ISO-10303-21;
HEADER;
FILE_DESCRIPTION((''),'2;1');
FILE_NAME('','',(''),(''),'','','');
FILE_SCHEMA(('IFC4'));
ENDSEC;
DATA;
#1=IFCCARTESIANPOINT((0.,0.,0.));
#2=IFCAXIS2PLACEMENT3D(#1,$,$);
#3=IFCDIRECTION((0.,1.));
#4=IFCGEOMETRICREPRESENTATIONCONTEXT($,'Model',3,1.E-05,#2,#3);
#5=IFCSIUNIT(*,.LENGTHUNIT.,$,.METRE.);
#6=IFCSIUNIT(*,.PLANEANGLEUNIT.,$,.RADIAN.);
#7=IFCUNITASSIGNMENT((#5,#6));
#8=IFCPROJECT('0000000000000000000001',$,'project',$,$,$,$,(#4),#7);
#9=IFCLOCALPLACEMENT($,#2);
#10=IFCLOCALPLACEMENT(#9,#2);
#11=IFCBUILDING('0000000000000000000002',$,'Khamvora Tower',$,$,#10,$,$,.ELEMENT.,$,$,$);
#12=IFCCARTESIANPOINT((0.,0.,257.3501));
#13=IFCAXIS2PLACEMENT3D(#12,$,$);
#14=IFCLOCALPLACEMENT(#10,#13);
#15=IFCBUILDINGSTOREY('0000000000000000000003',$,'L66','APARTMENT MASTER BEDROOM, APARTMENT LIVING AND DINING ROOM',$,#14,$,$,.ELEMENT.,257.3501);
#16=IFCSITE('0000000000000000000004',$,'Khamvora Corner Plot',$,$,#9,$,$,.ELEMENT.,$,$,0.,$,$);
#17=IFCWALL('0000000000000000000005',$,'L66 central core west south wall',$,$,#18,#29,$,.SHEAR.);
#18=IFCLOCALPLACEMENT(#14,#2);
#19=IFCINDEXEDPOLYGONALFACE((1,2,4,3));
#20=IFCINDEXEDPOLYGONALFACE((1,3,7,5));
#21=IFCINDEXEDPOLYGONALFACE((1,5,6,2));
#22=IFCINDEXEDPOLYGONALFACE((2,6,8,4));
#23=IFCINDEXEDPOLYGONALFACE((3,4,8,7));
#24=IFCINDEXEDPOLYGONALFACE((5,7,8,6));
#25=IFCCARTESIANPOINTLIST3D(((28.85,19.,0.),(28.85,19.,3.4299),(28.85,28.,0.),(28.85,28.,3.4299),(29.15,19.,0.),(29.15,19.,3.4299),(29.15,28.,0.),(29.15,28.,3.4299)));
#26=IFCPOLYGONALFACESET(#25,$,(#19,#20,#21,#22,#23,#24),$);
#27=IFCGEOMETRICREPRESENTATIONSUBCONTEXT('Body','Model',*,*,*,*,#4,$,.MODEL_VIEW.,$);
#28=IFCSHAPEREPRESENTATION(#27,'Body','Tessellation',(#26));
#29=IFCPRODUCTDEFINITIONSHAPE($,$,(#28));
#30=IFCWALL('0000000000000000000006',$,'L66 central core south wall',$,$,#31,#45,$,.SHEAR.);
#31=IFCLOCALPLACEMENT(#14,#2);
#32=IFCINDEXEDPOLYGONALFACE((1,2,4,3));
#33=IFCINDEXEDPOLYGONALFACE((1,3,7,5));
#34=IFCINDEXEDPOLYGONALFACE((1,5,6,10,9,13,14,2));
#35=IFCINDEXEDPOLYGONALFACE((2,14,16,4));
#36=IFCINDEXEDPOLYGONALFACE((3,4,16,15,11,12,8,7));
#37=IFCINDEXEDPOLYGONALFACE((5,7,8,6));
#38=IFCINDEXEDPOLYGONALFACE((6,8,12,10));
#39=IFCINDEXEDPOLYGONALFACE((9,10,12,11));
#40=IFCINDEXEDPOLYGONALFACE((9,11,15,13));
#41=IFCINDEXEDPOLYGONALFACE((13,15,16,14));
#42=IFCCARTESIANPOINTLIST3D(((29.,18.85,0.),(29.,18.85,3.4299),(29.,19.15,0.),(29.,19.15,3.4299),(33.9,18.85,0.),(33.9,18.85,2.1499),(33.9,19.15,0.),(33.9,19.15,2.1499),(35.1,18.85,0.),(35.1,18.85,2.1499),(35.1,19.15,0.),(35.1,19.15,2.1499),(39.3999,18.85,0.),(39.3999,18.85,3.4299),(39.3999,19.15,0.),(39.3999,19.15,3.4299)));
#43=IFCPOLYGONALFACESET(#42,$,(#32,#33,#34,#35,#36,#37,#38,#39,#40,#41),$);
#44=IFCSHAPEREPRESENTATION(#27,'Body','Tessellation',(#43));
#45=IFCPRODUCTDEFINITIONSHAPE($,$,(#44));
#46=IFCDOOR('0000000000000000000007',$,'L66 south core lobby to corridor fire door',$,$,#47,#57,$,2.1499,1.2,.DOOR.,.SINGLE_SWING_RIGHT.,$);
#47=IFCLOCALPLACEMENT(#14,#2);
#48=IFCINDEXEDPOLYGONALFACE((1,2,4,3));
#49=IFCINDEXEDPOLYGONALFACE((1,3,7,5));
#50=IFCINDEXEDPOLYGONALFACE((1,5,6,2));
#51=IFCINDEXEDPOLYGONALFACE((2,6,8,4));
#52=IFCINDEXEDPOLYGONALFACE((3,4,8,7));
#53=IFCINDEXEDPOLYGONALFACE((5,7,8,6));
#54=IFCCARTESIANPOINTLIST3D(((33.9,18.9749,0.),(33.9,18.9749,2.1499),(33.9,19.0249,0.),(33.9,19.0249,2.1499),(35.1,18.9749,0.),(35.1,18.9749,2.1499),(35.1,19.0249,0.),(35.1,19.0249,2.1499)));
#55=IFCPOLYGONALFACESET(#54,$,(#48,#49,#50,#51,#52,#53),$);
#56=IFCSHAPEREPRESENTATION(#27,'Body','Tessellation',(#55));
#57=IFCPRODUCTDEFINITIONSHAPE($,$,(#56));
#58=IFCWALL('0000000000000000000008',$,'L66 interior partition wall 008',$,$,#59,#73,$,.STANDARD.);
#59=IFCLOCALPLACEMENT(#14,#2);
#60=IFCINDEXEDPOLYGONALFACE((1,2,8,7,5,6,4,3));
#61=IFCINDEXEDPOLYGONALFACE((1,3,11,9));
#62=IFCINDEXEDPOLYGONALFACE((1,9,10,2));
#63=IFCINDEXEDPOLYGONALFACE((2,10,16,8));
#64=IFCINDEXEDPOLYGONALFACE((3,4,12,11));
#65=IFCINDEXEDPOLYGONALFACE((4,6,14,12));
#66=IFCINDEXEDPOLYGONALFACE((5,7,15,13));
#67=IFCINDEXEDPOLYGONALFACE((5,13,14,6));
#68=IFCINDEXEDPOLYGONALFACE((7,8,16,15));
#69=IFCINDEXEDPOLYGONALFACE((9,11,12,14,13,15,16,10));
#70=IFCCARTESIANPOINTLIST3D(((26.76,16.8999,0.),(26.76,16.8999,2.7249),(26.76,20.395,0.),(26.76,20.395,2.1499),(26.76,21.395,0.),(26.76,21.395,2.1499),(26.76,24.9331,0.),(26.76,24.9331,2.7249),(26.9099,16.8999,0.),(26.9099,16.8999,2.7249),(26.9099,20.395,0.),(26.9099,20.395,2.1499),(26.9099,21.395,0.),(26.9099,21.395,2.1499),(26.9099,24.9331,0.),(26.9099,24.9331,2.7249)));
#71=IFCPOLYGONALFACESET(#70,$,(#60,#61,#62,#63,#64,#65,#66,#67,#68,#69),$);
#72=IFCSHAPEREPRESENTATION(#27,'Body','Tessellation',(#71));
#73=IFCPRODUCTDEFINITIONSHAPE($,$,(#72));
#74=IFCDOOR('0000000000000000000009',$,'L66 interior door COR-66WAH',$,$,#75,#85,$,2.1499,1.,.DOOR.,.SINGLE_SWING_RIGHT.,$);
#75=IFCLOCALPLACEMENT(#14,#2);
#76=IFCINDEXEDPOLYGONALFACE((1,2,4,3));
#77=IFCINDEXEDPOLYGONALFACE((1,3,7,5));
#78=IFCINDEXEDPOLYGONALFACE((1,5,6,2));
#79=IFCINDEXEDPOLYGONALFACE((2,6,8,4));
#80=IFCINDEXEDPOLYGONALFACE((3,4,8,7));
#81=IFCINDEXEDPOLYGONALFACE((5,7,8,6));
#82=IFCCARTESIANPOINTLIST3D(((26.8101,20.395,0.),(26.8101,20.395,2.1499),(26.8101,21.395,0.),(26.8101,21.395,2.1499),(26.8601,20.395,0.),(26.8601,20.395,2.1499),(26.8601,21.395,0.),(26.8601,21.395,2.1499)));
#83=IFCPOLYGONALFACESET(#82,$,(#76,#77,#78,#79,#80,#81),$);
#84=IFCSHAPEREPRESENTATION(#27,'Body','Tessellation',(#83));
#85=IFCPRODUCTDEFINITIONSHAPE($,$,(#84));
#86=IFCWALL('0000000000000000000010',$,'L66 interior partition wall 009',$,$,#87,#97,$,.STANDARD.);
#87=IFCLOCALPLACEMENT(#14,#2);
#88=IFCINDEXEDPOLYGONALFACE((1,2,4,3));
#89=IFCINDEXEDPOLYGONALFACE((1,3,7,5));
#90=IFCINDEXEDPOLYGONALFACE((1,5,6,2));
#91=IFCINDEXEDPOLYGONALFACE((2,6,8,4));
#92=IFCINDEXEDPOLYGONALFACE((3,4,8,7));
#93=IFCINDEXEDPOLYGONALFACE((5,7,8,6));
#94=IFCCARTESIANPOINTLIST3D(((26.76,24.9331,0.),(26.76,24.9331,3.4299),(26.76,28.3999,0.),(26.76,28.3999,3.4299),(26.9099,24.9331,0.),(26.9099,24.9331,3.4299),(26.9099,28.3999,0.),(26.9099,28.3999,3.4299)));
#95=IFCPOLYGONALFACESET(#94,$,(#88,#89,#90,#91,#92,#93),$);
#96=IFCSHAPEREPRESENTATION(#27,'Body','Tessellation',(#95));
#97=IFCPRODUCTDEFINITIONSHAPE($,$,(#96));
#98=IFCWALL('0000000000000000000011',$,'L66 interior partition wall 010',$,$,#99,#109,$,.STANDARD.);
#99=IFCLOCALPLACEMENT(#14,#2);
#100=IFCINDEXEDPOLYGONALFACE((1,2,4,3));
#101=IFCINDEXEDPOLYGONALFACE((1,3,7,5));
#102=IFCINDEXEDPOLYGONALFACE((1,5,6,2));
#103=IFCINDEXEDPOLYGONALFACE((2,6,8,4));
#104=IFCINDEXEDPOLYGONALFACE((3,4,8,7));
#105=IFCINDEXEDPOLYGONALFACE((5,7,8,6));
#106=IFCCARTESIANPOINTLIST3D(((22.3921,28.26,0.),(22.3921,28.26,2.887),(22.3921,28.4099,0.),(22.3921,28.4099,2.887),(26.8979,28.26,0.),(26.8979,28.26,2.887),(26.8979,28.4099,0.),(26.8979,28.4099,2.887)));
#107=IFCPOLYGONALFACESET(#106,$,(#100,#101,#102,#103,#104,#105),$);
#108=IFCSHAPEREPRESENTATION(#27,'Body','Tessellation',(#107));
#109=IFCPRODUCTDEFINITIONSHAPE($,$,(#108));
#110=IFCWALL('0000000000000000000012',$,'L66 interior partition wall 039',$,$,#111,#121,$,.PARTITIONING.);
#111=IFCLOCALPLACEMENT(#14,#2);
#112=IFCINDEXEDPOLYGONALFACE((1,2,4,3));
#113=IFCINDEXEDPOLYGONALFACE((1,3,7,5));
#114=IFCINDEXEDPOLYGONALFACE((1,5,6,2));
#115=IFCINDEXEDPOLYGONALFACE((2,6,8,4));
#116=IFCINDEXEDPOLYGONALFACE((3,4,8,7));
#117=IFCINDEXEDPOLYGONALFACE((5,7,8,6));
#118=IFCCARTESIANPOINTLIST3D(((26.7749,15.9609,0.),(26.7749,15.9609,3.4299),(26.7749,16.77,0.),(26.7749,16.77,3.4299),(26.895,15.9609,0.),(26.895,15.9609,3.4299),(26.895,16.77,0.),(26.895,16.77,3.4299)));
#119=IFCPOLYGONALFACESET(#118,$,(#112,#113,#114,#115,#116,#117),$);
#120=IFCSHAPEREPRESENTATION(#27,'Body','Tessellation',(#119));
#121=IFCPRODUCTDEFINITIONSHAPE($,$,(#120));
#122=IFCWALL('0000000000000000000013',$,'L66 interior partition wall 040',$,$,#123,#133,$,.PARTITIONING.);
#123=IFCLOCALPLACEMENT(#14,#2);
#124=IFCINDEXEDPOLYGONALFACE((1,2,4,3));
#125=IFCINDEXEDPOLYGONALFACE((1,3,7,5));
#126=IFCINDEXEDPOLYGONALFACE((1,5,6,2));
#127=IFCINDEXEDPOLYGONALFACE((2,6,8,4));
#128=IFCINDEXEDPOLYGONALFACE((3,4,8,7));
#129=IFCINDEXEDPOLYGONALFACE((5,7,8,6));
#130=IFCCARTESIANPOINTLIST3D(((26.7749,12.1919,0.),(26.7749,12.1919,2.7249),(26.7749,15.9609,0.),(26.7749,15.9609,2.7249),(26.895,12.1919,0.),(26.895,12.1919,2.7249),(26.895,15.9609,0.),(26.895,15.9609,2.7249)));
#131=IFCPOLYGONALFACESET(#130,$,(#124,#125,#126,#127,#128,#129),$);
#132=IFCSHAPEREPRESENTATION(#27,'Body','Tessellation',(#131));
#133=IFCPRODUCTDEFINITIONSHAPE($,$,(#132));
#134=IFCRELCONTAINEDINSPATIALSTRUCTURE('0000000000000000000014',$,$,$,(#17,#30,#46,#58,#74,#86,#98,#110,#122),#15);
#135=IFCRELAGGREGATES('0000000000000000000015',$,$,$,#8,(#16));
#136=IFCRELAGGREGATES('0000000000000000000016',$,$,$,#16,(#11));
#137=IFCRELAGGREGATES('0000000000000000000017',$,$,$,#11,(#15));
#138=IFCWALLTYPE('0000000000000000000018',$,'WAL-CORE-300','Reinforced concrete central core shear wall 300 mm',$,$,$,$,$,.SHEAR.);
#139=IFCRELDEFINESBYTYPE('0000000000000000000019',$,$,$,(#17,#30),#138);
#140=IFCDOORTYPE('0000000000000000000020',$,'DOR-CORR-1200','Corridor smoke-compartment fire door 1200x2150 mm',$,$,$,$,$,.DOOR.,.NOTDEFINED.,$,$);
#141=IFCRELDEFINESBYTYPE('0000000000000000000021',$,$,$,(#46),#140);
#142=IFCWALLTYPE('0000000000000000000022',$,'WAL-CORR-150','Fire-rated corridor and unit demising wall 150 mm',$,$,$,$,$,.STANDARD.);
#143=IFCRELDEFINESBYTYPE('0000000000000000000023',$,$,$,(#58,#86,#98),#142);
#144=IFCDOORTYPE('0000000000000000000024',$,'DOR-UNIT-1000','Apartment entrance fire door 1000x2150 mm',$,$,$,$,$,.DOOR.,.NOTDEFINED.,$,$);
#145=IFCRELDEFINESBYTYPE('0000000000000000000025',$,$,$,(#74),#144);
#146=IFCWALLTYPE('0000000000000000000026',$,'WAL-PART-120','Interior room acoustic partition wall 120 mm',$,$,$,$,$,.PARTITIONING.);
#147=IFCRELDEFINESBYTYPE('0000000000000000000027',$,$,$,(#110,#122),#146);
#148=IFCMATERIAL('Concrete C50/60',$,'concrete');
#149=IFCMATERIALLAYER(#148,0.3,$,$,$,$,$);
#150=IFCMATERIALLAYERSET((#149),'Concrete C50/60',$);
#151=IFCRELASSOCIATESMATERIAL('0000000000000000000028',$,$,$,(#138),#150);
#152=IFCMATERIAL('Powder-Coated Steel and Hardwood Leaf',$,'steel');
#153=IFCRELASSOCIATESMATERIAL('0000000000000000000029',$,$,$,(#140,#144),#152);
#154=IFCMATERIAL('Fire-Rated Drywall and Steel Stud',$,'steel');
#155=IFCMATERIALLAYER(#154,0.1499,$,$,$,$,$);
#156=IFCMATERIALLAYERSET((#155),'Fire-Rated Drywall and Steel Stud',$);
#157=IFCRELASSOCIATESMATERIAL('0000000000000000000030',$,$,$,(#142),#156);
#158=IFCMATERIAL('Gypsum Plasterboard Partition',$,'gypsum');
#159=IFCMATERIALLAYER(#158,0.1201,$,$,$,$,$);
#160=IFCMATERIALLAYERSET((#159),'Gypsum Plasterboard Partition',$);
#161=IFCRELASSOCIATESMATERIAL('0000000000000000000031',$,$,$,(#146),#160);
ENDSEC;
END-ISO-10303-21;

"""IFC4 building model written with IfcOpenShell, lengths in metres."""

from ifc_helpers import new_model, si_unit, direction, frame, frame_2d, origin, place, context, subcontext, project, spatial, rectangle, extrude, material, layer, layer_set, type_object, element, fill, save


model = new_model("IFC4")

# Units and contexts
model_context = context("Model", 3, precision=1e-05, world=origin(), true_north=direction((0.0, 1.0)))
body_context = subcontext(model_context, "Body", "Model", "MODEL_VIEW")
ifc_project = project(units=[si_unit("LENGTHUNIT", "METRE"), si_unit("PLANEANGLEUNIT", "RADIAN")], contexts=[model_context])

# Site, building, storey
site_placement = place(None, origin())
site = spatial("IfcSite", under=ifc_project, at=site_placement, Name="Khamvora Corner Plot", CompositionType="ELEMENT", RefElevation=0.0)
building_placement = place(site_placement, origin())
building = spatial("IfcBuilding", under=site, at=building_placement, Name="Khamvora Tower", CompositionType="ELEMENT")
storey_placement = place(building_placement, frame((0.0, 0.0, 257.3501)))
storey = spatial("IfcBuildingStorey", under=building, at=storey_placement, Name="L66", Description="APARTMENT MASTER BEDROOM, APARTMENT LIVING AND DINING ROOM", CompositionType="ELEMENT", Elevation=257.3501)

# Wall
ifc_material_1 = material(Name="Concrete C50/60", Category="concrete")
ifc_layer_1 = layer(ifc_material_1, 0.3)
ifc_layer_set_1 = layer_set([ifc_layer_1], Name="Concrete C50/60")
wall_type_1 = type_object("IfcWallType", Name="WAL-CORE-300", Description="Reinforced concrete central core shear wall 300 mm", PredefinedType="SHEAR", material=ifc_layer_set_1)
wall_1_placement = place(storey_placement, frame((29.0, 19.0, 0.0), z_axis=(0.0, 0.0, 1.0), x_axis=(0.0, 1.0, 0.0)))
element("IfcWall", 1, at=wall_1_placement, inside=storey, type_object=wall_type_1, Name="L66 central core west south wall", PredefinedType="SHEAR", context=body_context, shape_type="SweptSolid", body=[
    extrude(rectangle(XDim=9.0, YDim=0.3, at=frame_2d((4.5, 0.0))), origin(), (0.0, 0.0, 1.0), 3.4299),
])

# Walls, openings, doors
wall_2_placement = place(storey_placement, frame((29.0, 19.0, 0.0), z_axis=(0.0, 0.0, 1.0), x_axis=(1.0, 0.0, 0.0)))
wall_2 = element("IfcWall", 2, at=wall_2_placement, inside=storey, type_object=wall_type_1, Name="L66 central core south wall", PredefinedType="SHEAR", context=body_context, shape_type="SweptSolid", body=[
    extrude(rectangle(XDim=10.3999, YDim=0.3, at=frame_2d((5.2, 0.0))), origin(), (0.0, 0.0, 1.0), 3.4299),
])
opening_1_placement = place(wall_2_placement, frame((4.8999, 0.0, 0.0)))
opening_1 = element("IfcOpeningElement", 3, at=opening_1_placement, cuts=wall_2, PredefinedType="OPENING", context=body_context, shape_type="SweptSolid", body=[
    extrude(rectangle(XDim=1.2, YDim=2.1499, at=frame_2d((0.6001, 1.075))), frame((0.0, 0.1599, 0.0), z_axis=(0.0, -1.0, 0.0), x_axis=(1.0, 0.0, 0.0)), (0.0, 0.0, 1.0), 0.3201),
])
ifc_material_2 = material(Name="Powder-Coated Steel and Hardwood Leaf", Category="steel")
door_type_1 = type_object("IfcDoorType", Name="DOR-CORR-1200", Description="Corridor smoke-compartment fire door 1200x2150 mm", OperationType="NOTDEFINED", PredefinedType="DOOR", material=ifc_material_2)
door_1_placement = place(opening_1_placement, origin())
door_1 = element("IfcDoor", 4, at=door_1_placement, inside=storey, type_object=door_type_1, Name="L66 south core lobby to corridor fire door", OperationType="SINGLE_SWING_RIGHT", OverallHeight=2.1499, OverallWidth=1.2, PredefinedType="DOOR", context=body_context, shape_type="SweptSolid", body=[
    extrude(rectangle(XDim=1.2, YDim=2.1499, at=frame_2d((0.6001, 1.075))), frame((0.0, 0.0249, 0.0), z_axis=(0.0, -1.0, 0.0), x_axis=(1.0, 0.0, 0.0)), (0.0, 0.0, 1.0), 0.05),
])
fill(opening_1, door_1)
ifc_material_3 = material(Name="Fire-Rated Drywall and Steel Stud", Category="steel")
ifc_layer_2 = layer(ifc_material_3, 0.1499)
ifc_layer_set_2 = layer_set([ifc_layer_2], Name="Fire-Rated Drywall and Steel Stud")
wall_type_2 = type_object("IfcWallType", Name="WAL-CORR-150", Description="Fire-rated corridor and unit demising wall 150 mm", PredefinedType="STANDARD", material=ifc_layer_set_2)
wall_3_placement = place(storey_placement, frame((26.835, 16.8999, 0.0), z_axis=(0.0, 0.0, 1.0), x_axis=(0.0, 1.0, 0.0)))
wall_3 = element("IfcWall", 5, at=wall_3_placement, inside=storey, type_object=wall_type_2, Name="L66 interior partition wall 008", PredefinedType="STANDARD", context=body_context, shape_type="SweptSolid", body=[
    extrude(rectangle(XDim=8.0332, YDim=0.1499, at=frame_2d((4.0166, 0.0))), origin(), (0.0, 0.0, 1.0), 2.7249),
])
opening_2_placement = place(wall_3_placement, frame((3.4951, 0.0, 0.0)))
opening_2 = element("IfcOpeningElement", 6, at=opening_2_placement, cuts=wall_3, PredefinedType="OPENING", context=body_context, shape_type="SweptSolid", body=[
    extrude(rectangle(XDim=1.0, YDim=2.1499, at=frame_2d((0.5, 1.075))), frame((0.0, 0.085, 0.0), z_axis=(0.0, -1.0, 0.0), x_axis=(1.0, 0.0, 0.0)), (0.0, 0.0, 1.0), 0.1699),
])
door_type_2 = type_object("IfcDoorType", Name="DOR-UNIT-1000", Description="Apartment entrance fire door 1000x2150 mm", OperationType="NOTDEFINED", PredefinedType="DOOR", material=ifc_material_2)
door_2_placement = place(opening_2_placement, origin())
door_2 = element("IfcDoor", 7, at=door_2_placement, inside=storey, type_object=door_type_2, Name="L66 interior door COR-66WAH", OperationType="SINGLE_SWING_RIGHT", OverallHeight=2.1499, OverallWidth=1.0, PredefinedType="DOOR", context=body_context, shape_type="SweptSolid", body=[
    extrude(rectangle(XDim=1.0, YDim=2.1499, at=frame_2d((0.5, 1.075))), frame((0.0, 0.0249, 0.0), z_axis=(0.0, -1.0, 0.0), x_axis=(1.0, 0.0, 0.0)), (0.0, 0.0, 1.0), 0.05),
])
fill(opening_2, door_2)

# Walls
wall_4_placement = place(storey_placement, frame((26.835, 24.9331, 0.0), z_axis=(0.0, 0.0, 1.0), x_axis=(0.0, 1.0, 0.0)))
element("IfcWall", 8, at=wall_4_placement, inside=storey, type_object=wall_type_2, Name="L66 interior partition wall 009", PredefinedType="STANDARD", context=body_context, shape_type="SweptSolid", body=[
    extrude(rectangle(XDim=3.4668, YDim=0.1499, at=frame_2d((1.7334, 0.0))), origin(), (0.0, 0.0, 1.0), 3.4299),
])
wall_5_placement = place(storey_placement, frame((26.8979, 28.335, 0.0), z_axis=(0.0, 0.0, 1.0), x_axis=(-1.0, 0.0, 0.0)))
element("IfcWall", 9, at=wall_5_placement, inside=storey, type_object=wall_type_2, Name="L66 interior partition wall 010", PredefinedType="STANDARD", context=body_context, shape_type="SweptSolid", body=[
    extrude(rectangle(XDim=4.5059, YDim=0.1499, at=frame_2d((2.2529, 0.0))), origin(), (0.0, 0.0, 1.0), 2.887),
])
ifc_material_4 = material(Name="Gypsum Plasterboard Partition", Category="gypsum")
ifc_layer_3 = layer(ifc_material_4, 0.1201)
ifc_layer_set_3 = layer_set([ifc_layer_3], Name="Gypsum Plasterboard Partition")
wall_type_3 = type_object("IfcWallType", Name="WAL-PART-120", Description="Interior room acoustic partition wall 120 mm", PredefinedType="PARTITIONING", material=ifc_layer_set_3)
wall_6_placement = place(storey_placement, frame((26.835, 15.9609, 0.0), z_axis=(0.0, 0.0, 1.0), x_axis=(0.0, 1.0, 0.0)))
element("IfcWall", 10, at=wall_6_placement, inside=storey, type_object=wall_type_3, Name="L66 interior partition wall 039", PredefinedType="PARTITIONING", context=body_context, shape_type="SweptSolid", body=[
    extrude(rectangle(XDim=0.8091, YDim=0.1201, at=frame_2d((0.4045, 0.0))), origin(), (0.0, 0.0, 1.0), 3.4299),
])
wall_7_placement = place(storey_placement, frame((26.835, 12.1919, 0.0), z_axis=(0.0, 0.0, 1.0), x_axis=(0.0, 1.0, 0.0)))
element("IfcWall", 11, at=wall_7_placement, inside=storey, type_object=wall_type_3, Name="L66 interior partition wall 040", PredefinedType="PARTITIONING", context=body_context, shape_type="SweptSolid", body=[
    extrude(rectangle(XDim=3.769, YDim=0.1201, at=frame_2d((1.8845, 0.0))), origin(), (0.0, 0.0, 1.0), 2.7249),
])

save(model, "model.ifc")
